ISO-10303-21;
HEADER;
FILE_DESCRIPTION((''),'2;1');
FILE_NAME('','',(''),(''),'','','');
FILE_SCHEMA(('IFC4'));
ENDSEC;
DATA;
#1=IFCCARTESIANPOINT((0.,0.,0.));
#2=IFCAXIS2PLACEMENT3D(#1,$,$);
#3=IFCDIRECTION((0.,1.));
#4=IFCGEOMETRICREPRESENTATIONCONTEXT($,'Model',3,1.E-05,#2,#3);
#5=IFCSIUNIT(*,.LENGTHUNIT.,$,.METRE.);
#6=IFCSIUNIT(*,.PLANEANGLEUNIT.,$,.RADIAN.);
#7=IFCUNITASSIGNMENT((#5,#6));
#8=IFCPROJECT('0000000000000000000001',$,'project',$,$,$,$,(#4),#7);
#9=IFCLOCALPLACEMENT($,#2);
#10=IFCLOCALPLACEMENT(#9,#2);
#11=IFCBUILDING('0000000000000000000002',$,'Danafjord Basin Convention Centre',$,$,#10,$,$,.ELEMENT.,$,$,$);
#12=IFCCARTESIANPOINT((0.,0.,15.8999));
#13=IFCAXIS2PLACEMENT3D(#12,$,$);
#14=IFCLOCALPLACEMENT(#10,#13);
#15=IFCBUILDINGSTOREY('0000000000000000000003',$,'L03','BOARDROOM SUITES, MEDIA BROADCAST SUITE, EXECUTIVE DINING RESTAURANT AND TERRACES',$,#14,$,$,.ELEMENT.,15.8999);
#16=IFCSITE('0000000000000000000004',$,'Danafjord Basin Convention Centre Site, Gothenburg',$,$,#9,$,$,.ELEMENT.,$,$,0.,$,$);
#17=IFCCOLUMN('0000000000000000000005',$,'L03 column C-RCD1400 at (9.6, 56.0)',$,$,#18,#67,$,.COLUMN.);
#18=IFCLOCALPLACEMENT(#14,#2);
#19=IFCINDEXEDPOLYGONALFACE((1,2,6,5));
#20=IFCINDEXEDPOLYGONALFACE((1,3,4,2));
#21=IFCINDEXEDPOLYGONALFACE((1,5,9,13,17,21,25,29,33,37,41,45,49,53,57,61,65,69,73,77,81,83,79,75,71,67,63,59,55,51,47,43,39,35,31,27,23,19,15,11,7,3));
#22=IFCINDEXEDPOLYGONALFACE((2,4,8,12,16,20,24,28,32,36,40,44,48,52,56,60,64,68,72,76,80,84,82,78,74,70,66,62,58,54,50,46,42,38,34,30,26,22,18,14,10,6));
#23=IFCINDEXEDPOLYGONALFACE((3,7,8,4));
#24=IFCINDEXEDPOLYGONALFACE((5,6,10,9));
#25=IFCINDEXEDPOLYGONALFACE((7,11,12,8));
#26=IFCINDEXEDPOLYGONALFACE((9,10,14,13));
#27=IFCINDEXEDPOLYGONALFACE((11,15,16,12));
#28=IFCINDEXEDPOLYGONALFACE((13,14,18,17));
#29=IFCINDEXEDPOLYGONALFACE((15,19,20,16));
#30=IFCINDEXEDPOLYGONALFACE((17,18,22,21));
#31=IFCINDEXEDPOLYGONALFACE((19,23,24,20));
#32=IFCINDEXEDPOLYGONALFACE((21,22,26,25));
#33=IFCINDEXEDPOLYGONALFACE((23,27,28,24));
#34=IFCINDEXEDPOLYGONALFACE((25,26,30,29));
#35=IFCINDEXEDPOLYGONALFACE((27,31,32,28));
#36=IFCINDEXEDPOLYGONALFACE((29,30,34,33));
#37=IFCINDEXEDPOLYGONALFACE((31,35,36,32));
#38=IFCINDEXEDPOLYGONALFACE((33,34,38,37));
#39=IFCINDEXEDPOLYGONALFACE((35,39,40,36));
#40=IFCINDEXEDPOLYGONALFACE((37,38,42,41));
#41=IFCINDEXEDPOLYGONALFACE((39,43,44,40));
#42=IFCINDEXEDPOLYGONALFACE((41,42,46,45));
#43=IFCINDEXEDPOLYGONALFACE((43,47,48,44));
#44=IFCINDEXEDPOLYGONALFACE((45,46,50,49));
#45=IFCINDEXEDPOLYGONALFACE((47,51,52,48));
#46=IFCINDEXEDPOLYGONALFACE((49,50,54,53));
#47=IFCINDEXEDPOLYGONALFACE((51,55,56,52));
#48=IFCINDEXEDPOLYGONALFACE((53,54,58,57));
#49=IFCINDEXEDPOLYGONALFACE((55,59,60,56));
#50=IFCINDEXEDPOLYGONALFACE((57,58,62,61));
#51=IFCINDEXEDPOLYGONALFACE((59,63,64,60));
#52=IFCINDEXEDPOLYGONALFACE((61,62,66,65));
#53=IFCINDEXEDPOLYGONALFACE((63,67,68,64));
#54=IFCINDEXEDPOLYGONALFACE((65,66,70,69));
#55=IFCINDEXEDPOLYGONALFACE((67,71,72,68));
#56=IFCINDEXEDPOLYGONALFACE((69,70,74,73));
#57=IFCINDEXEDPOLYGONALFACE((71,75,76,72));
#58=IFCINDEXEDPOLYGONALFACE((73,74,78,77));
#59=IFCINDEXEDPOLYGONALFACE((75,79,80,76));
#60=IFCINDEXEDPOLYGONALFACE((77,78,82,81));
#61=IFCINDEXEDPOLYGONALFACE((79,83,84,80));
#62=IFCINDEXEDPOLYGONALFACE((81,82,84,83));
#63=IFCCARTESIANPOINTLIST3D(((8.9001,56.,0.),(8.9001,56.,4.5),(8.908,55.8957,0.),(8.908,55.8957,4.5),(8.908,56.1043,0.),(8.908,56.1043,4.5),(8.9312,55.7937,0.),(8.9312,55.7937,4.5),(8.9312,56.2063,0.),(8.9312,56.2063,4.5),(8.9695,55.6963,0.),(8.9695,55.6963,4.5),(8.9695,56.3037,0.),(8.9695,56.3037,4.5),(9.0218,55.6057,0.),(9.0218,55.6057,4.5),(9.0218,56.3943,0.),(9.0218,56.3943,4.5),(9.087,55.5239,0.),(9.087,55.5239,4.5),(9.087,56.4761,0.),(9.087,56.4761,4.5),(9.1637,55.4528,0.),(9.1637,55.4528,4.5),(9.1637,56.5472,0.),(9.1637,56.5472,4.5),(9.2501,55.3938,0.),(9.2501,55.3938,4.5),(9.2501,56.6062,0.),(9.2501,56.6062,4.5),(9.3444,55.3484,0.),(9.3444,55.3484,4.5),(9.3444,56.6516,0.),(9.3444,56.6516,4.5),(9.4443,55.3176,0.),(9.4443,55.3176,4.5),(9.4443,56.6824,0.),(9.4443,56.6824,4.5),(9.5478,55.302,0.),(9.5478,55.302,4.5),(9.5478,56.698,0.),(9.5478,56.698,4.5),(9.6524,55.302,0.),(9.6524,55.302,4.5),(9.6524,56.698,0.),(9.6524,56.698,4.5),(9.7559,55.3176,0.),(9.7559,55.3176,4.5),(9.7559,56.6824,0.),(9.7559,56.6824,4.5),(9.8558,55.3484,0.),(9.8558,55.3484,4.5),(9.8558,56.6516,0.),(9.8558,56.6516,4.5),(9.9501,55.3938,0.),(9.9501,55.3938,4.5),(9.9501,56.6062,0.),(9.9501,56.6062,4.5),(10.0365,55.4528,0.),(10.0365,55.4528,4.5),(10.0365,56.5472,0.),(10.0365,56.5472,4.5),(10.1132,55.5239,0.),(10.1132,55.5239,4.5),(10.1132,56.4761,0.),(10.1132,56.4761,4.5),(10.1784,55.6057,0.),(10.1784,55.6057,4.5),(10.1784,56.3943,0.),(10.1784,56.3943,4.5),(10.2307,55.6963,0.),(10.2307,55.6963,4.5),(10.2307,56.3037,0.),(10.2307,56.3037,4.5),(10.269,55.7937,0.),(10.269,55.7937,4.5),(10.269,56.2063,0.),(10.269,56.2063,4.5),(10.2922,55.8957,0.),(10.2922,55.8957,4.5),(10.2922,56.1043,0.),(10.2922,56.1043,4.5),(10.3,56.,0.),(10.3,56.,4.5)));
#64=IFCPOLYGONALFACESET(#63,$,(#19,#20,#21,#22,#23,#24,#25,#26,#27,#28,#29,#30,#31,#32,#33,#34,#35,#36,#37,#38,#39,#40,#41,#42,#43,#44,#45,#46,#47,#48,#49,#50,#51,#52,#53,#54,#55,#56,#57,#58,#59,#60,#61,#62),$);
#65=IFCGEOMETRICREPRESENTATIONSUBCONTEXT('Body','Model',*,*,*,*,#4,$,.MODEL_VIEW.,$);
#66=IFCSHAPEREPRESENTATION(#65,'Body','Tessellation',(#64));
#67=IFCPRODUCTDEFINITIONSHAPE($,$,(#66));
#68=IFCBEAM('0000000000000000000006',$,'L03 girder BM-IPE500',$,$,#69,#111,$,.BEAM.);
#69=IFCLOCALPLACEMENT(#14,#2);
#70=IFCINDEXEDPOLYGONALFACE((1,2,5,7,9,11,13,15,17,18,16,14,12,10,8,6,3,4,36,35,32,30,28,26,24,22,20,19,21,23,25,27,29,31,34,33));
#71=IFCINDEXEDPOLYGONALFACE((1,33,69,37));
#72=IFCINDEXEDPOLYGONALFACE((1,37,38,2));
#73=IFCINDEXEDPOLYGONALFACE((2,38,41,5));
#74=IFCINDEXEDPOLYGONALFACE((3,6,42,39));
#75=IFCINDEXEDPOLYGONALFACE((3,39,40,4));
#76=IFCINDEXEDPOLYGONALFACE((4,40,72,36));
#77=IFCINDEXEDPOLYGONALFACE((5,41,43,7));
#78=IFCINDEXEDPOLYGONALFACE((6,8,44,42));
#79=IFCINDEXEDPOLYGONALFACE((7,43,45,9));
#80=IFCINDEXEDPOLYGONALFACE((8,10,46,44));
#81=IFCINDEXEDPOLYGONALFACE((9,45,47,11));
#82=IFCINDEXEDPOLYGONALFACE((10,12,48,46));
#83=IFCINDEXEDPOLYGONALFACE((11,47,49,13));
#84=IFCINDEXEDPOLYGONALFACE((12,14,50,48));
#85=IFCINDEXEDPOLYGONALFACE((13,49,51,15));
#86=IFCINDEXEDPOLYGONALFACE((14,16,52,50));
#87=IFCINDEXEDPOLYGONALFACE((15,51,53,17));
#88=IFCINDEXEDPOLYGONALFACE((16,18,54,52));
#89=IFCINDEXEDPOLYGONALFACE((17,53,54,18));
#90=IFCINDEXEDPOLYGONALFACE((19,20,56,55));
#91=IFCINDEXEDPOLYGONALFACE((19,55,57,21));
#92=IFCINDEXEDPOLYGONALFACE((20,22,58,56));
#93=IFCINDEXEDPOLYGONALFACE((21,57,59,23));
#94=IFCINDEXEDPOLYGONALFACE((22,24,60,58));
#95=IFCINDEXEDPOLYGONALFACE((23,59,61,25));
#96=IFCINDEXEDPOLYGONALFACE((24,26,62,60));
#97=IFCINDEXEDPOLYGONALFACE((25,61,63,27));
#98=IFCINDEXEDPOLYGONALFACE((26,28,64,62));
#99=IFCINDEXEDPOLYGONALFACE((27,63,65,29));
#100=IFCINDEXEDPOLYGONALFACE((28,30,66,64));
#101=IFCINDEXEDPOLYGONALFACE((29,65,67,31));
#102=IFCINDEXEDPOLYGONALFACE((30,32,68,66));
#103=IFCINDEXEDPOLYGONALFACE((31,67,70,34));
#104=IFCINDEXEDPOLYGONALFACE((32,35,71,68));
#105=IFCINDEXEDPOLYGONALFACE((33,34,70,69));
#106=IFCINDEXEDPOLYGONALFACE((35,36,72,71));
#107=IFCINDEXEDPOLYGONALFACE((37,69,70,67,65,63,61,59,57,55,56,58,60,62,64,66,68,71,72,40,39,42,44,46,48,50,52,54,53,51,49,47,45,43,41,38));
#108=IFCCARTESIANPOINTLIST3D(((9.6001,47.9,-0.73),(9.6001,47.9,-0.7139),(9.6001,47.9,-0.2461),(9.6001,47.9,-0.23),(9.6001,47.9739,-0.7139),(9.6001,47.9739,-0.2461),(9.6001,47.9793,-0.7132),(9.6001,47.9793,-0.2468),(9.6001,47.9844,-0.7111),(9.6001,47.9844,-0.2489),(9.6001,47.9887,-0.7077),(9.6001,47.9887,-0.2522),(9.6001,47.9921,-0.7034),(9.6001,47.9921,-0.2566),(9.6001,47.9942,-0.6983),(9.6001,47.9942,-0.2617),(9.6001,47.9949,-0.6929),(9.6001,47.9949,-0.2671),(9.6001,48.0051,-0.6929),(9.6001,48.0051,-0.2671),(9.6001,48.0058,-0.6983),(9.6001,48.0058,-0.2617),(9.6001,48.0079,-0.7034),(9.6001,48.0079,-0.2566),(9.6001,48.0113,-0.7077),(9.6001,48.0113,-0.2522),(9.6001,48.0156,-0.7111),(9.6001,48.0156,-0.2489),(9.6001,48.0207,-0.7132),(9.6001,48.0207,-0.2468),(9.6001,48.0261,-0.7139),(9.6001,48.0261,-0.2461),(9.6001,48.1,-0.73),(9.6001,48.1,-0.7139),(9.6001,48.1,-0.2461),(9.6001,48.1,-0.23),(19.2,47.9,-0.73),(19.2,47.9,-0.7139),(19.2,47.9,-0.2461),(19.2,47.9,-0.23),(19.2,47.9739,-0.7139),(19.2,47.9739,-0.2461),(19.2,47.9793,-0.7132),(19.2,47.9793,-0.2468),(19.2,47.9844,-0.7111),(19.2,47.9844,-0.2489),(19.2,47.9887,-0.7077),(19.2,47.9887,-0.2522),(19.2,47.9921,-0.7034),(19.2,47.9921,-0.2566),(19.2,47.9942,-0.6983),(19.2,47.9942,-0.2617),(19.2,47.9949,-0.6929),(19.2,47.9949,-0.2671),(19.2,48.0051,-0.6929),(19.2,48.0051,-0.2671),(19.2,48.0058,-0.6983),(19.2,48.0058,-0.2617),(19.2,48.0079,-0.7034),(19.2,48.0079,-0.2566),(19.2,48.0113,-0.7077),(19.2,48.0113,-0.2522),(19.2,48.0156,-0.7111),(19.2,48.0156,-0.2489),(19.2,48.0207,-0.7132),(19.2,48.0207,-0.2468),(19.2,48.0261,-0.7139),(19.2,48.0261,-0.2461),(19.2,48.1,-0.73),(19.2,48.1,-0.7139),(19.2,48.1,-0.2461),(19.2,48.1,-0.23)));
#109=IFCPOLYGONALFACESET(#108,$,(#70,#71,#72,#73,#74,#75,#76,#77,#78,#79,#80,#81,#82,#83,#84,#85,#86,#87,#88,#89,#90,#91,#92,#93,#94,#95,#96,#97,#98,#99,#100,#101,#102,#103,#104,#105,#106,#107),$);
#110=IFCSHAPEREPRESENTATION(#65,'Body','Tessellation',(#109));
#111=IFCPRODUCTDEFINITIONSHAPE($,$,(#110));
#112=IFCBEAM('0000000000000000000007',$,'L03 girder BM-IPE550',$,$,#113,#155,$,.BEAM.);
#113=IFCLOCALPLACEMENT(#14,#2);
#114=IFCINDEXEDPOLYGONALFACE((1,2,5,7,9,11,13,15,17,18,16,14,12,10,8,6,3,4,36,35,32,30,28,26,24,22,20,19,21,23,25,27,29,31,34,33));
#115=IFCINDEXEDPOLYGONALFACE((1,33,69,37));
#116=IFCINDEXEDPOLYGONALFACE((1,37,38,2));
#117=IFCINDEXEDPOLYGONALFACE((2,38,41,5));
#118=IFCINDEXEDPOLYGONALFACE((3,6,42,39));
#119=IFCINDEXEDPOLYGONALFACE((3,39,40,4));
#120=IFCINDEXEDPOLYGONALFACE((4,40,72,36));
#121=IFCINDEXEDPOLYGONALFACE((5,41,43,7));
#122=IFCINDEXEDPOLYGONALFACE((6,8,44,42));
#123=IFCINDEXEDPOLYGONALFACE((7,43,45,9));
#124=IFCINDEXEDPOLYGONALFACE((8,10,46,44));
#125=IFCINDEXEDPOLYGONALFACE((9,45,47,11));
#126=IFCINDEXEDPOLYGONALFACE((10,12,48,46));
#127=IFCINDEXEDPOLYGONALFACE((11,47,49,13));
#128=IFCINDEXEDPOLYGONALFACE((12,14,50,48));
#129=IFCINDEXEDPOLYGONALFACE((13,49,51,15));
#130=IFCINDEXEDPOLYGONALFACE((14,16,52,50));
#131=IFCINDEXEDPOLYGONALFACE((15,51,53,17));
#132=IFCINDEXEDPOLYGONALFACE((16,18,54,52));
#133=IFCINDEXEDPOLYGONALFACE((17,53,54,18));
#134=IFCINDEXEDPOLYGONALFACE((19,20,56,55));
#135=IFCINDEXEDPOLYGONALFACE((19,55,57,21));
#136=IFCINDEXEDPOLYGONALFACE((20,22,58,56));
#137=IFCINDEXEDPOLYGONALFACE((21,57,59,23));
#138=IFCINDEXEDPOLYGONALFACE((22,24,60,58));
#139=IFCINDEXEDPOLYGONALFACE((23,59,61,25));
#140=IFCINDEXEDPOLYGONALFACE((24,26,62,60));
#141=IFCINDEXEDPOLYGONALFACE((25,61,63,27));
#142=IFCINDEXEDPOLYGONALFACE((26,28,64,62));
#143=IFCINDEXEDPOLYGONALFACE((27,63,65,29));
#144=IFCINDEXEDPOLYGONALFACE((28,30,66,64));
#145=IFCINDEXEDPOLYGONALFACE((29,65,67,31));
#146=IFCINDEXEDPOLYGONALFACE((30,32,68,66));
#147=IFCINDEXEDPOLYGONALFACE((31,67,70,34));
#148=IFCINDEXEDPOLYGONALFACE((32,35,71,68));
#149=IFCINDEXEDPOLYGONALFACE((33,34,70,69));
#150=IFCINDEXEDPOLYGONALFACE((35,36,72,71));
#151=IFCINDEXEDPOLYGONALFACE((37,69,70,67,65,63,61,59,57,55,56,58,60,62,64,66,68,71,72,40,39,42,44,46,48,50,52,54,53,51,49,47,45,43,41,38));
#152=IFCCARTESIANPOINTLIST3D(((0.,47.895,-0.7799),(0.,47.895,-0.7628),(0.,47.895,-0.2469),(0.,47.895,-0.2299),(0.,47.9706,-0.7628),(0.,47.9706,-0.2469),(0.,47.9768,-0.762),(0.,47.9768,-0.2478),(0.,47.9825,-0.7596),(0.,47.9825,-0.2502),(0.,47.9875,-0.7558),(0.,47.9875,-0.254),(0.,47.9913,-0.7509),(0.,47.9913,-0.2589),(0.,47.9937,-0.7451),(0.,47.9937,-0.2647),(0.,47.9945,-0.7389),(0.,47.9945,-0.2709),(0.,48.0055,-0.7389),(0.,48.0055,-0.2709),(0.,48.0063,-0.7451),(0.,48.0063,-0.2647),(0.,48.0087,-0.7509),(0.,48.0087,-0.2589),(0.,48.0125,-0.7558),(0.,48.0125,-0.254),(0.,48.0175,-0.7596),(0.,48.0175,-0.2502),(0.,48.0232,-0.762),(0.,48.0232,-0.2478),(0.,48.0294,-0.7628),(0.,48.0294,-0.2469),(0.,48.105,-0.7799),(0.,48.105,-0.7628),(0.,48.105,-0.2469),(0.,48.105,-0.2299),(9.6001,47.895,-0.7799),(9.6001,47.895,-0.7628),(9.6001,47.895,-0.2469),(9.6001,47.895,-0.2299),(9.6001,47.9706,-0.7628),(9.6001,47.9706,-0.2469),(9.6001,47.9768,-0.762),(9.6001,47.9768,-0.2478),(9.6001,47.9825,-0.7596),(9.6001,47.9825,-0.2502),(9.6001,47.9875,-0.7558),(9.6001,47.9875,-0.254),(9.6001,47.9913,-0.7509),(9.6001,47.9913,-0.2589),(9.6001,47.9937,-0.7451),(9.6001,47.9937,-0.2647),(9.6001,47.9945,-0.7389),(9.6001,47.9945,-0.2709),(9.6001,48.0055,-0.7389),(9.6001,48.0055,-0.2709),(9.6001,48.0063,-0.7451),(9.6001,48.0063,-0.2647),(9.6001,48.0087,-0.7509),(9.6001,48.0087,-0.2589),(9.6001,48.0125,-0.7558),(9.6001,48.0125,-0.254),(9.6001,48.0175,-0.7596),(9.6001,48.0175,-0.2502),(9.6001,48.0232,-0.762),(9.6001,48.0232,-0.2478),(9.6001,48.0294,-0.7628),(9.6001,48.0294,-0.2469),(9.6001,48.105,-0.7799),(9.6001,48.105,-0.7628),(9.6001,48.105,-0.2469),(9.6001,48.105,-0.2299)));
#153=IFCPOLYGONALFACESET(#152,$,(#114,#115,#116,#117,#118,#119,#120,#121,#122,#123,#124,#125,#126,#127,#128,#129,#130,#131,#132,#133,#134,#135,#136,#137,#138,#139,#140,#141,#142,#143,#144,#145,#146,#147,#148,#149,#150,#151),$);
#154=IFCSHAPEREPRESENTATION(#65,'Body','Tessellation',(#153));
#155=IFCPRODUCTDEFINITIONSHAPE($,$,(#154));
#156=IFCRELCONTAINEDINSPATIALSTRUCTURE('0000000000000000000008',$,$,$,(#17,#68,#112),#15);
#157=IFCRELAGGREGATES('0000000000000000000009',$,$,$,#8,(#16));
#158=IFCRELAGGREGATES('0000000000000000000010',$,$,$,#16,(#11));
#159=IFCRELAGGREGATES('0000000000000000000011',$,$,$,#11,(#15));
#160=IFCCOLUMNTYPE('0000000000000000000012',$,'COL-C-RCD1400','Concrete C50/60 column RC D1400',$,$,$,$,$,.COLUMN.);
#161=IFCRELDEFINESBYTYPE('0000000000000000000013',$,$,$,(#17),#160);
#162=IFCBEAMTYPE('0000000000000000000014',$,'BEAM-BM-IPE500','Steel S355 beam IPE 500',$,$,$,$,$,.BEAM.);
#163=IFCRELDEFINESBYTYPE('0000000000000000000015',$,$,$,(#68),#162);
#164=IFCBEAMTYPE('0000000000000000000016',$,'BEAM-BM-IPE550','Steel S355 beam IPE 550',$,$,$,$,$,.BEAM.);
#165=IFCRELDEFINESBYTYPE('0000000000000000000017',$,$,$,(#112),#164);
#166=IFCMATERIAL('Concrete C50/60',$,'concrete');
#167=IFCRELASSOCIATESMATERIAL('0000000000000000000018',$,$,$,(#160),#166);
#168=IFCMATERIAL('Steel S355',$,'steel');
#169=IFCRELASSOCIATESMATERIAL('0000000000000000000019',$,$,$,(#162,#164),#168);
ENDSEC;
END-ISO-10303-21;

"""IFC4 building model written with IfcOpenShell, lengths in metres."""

from ifc_helpers import new_model, si_unit, direction, frame, origin, origin_2d, place, context, subcontext, project, spatial, circle, i_section, extrude, material, material_profile, profile_set, type_object, element, save


model = new_model("IFC4")

# Units and contexts
model_context = context("Model", 3, precision=1e-05, world=origin(), true_north=direction((0.0, 1.0)))
body_context = subcontext(model_context, "Body", "Model", "MODEL_VIEW")
ifc_project = project(units=[si_unit("LENGTHUNIT", "METRE"), si_unit("PLANEANGLEUNIT", "RADIAN")], contexts=[model_context])

# Site, building, storey
site_placement = place(None, origin())
site = spatial("IfcSite", under=ifc_project, at=site_placement, Name="Danafjord Basin Convention Centre Site, Gothenburg", CompositionType="ELEMENT", RefElevation=0.0)
building_placement = place(site_placement, origin())
building = spatial("IfcBuilding", under=site, at=building_placement, Name="Danafjord Basin Convention Centre", CompositionType="ELEMENT")
storey_placement = place(building_placement, frame((0.0, 0.0, 15.8999)))
storey = spatial("IfcBuildingStorey", under=building, at=storey_placement, Name="L03", Description="BOARDROOM SUITES, MEDIA BROADCAST SUITE, EXECUTIVE DINING RESTAURANT AND TERRACES", CompositionType="ELEMENT", Elevation=15.8999)

# Column
ifc_material_1 = material(Name="Steel S355", Category="steel")
ifc_material_2 = material(Name="Concrete C50/60", Category="concrete")
ifc_material_profile_1 = material_profile(ifc_material_2, circle(Radius=0.7, at=origin_2d()), Name="RC D1400")
ifc_profile_set_1 = profile_set([ifc_material_profile_1], Name="Concrete C50/60")
column_type_1 = type_object("IfcColumnType", Name="COL-C-RCD1400", Description="Concrete C50/60 column RC D1400", PredefinedType="COLUMN", material=ifc_profile_set_1)
column_1_placement = place(storey_placement, frame((9.6001, 56.0, 0.0), z_axis=(0.0, 0.0, 1.0), x_axis=(1.0, 0.0, 0.0)))
element("IfcColumn", 1, at=column_1_placement, inside=storey, type_object=column_type_1, Name="L03 column C-RCD1400 at (9.6, 56.0)", PredefinedType="COLUMN", context=body_context, shape_type="SweptSolid", body=[
    extrude(circle(Radius=0.7, at=origin_2d()), origin(), (0.0, 0.0, 1.0), 4.5),
])

# Beams
ifc_material_profile_2 = material_profile(ifc_material_1, i_section(OverallWidth=0.2, OverallDepth=0.5, WebThickness=0.0103, FlangeThickness=0.0161, FilletRadius=0.021, at=origin_2d()), Name="IPE 500")
ifc_profile_set_2 = profile_set([ifc_material_profile_2], Name="Steel S355")
beam_type_1 = type_object("IfcBeamType", Name="BEAM-BM-IPE500", Description="Steel S355 beam IPE 500", PredefinedType="BEAM", material=ifc_profile_set_2)
beam_1_placement = place(storey_placement, frame((9.6001, 48.0, -0.48), z_axis=(1.0, 0.0, 0.0), x_axis=(0.0, 1.0, 0.0)))
element("IfcBeam", 2, at=beam_1_placement, inside=storey, type_object=beam_type_1, Name="L03 girder BM-IPE500", PredefinedType="BEAM", context=body_context, shape_type="SweptSolid", body=[
    extrude(i_section(OverallWidth=0.2, OverallDepth=0.5, WebThickness=0.0103, FlangeThickness=0.0161, FilletRadius=0.021, at=origin_2d()), origin(), (0.0, 0.0, 1.0), 9.5999),
])
ifc_material_profile_3 = material_profile(ifc_material_1, i_section(OverallWidth=0.21, OverallDepth=0.55, WebThickness=0.011, FlangeThickness=0.0171, FilletRadius=0.0239, at=origin_2d()), Name="IPE 550")
ifc_profile_set_3 = profile_set([ifc_material_profile_3], Name="Steel S355")
beam_type_2 = type_object("IfcBeamType", Name="BEAM-BM-IPE550", Description="Steel S355 beam IPE 550", PredefinedType="BEAM", material=ifc_profile_set_3)
beam_2_placement = place(storey_placement, frame((0.0, 48.0, -0.5049), z_axis=(1.0, 0.0, 0.0), x_axis=(0.0, 1.0, 0.0)))
element("IfcBeam", 3, at=beam_2_placement, inside=storey, type_object=beam_type_2, Name="L03 girder BM-IPE550", PredefinedType="BEAM", context=body_context, shape_type="SweptSolid", body=[
    extrude(i_section(OverallWidth=0.21, OverallDepth=0.55, WebThickness=0.011, FlangeThickness=0.0171, FilletRadius=0.0239, at=origin_2d()), origin(), (0.0, 0.0, 1.0), 9.6001),
])

save(model, "model.ifc")
